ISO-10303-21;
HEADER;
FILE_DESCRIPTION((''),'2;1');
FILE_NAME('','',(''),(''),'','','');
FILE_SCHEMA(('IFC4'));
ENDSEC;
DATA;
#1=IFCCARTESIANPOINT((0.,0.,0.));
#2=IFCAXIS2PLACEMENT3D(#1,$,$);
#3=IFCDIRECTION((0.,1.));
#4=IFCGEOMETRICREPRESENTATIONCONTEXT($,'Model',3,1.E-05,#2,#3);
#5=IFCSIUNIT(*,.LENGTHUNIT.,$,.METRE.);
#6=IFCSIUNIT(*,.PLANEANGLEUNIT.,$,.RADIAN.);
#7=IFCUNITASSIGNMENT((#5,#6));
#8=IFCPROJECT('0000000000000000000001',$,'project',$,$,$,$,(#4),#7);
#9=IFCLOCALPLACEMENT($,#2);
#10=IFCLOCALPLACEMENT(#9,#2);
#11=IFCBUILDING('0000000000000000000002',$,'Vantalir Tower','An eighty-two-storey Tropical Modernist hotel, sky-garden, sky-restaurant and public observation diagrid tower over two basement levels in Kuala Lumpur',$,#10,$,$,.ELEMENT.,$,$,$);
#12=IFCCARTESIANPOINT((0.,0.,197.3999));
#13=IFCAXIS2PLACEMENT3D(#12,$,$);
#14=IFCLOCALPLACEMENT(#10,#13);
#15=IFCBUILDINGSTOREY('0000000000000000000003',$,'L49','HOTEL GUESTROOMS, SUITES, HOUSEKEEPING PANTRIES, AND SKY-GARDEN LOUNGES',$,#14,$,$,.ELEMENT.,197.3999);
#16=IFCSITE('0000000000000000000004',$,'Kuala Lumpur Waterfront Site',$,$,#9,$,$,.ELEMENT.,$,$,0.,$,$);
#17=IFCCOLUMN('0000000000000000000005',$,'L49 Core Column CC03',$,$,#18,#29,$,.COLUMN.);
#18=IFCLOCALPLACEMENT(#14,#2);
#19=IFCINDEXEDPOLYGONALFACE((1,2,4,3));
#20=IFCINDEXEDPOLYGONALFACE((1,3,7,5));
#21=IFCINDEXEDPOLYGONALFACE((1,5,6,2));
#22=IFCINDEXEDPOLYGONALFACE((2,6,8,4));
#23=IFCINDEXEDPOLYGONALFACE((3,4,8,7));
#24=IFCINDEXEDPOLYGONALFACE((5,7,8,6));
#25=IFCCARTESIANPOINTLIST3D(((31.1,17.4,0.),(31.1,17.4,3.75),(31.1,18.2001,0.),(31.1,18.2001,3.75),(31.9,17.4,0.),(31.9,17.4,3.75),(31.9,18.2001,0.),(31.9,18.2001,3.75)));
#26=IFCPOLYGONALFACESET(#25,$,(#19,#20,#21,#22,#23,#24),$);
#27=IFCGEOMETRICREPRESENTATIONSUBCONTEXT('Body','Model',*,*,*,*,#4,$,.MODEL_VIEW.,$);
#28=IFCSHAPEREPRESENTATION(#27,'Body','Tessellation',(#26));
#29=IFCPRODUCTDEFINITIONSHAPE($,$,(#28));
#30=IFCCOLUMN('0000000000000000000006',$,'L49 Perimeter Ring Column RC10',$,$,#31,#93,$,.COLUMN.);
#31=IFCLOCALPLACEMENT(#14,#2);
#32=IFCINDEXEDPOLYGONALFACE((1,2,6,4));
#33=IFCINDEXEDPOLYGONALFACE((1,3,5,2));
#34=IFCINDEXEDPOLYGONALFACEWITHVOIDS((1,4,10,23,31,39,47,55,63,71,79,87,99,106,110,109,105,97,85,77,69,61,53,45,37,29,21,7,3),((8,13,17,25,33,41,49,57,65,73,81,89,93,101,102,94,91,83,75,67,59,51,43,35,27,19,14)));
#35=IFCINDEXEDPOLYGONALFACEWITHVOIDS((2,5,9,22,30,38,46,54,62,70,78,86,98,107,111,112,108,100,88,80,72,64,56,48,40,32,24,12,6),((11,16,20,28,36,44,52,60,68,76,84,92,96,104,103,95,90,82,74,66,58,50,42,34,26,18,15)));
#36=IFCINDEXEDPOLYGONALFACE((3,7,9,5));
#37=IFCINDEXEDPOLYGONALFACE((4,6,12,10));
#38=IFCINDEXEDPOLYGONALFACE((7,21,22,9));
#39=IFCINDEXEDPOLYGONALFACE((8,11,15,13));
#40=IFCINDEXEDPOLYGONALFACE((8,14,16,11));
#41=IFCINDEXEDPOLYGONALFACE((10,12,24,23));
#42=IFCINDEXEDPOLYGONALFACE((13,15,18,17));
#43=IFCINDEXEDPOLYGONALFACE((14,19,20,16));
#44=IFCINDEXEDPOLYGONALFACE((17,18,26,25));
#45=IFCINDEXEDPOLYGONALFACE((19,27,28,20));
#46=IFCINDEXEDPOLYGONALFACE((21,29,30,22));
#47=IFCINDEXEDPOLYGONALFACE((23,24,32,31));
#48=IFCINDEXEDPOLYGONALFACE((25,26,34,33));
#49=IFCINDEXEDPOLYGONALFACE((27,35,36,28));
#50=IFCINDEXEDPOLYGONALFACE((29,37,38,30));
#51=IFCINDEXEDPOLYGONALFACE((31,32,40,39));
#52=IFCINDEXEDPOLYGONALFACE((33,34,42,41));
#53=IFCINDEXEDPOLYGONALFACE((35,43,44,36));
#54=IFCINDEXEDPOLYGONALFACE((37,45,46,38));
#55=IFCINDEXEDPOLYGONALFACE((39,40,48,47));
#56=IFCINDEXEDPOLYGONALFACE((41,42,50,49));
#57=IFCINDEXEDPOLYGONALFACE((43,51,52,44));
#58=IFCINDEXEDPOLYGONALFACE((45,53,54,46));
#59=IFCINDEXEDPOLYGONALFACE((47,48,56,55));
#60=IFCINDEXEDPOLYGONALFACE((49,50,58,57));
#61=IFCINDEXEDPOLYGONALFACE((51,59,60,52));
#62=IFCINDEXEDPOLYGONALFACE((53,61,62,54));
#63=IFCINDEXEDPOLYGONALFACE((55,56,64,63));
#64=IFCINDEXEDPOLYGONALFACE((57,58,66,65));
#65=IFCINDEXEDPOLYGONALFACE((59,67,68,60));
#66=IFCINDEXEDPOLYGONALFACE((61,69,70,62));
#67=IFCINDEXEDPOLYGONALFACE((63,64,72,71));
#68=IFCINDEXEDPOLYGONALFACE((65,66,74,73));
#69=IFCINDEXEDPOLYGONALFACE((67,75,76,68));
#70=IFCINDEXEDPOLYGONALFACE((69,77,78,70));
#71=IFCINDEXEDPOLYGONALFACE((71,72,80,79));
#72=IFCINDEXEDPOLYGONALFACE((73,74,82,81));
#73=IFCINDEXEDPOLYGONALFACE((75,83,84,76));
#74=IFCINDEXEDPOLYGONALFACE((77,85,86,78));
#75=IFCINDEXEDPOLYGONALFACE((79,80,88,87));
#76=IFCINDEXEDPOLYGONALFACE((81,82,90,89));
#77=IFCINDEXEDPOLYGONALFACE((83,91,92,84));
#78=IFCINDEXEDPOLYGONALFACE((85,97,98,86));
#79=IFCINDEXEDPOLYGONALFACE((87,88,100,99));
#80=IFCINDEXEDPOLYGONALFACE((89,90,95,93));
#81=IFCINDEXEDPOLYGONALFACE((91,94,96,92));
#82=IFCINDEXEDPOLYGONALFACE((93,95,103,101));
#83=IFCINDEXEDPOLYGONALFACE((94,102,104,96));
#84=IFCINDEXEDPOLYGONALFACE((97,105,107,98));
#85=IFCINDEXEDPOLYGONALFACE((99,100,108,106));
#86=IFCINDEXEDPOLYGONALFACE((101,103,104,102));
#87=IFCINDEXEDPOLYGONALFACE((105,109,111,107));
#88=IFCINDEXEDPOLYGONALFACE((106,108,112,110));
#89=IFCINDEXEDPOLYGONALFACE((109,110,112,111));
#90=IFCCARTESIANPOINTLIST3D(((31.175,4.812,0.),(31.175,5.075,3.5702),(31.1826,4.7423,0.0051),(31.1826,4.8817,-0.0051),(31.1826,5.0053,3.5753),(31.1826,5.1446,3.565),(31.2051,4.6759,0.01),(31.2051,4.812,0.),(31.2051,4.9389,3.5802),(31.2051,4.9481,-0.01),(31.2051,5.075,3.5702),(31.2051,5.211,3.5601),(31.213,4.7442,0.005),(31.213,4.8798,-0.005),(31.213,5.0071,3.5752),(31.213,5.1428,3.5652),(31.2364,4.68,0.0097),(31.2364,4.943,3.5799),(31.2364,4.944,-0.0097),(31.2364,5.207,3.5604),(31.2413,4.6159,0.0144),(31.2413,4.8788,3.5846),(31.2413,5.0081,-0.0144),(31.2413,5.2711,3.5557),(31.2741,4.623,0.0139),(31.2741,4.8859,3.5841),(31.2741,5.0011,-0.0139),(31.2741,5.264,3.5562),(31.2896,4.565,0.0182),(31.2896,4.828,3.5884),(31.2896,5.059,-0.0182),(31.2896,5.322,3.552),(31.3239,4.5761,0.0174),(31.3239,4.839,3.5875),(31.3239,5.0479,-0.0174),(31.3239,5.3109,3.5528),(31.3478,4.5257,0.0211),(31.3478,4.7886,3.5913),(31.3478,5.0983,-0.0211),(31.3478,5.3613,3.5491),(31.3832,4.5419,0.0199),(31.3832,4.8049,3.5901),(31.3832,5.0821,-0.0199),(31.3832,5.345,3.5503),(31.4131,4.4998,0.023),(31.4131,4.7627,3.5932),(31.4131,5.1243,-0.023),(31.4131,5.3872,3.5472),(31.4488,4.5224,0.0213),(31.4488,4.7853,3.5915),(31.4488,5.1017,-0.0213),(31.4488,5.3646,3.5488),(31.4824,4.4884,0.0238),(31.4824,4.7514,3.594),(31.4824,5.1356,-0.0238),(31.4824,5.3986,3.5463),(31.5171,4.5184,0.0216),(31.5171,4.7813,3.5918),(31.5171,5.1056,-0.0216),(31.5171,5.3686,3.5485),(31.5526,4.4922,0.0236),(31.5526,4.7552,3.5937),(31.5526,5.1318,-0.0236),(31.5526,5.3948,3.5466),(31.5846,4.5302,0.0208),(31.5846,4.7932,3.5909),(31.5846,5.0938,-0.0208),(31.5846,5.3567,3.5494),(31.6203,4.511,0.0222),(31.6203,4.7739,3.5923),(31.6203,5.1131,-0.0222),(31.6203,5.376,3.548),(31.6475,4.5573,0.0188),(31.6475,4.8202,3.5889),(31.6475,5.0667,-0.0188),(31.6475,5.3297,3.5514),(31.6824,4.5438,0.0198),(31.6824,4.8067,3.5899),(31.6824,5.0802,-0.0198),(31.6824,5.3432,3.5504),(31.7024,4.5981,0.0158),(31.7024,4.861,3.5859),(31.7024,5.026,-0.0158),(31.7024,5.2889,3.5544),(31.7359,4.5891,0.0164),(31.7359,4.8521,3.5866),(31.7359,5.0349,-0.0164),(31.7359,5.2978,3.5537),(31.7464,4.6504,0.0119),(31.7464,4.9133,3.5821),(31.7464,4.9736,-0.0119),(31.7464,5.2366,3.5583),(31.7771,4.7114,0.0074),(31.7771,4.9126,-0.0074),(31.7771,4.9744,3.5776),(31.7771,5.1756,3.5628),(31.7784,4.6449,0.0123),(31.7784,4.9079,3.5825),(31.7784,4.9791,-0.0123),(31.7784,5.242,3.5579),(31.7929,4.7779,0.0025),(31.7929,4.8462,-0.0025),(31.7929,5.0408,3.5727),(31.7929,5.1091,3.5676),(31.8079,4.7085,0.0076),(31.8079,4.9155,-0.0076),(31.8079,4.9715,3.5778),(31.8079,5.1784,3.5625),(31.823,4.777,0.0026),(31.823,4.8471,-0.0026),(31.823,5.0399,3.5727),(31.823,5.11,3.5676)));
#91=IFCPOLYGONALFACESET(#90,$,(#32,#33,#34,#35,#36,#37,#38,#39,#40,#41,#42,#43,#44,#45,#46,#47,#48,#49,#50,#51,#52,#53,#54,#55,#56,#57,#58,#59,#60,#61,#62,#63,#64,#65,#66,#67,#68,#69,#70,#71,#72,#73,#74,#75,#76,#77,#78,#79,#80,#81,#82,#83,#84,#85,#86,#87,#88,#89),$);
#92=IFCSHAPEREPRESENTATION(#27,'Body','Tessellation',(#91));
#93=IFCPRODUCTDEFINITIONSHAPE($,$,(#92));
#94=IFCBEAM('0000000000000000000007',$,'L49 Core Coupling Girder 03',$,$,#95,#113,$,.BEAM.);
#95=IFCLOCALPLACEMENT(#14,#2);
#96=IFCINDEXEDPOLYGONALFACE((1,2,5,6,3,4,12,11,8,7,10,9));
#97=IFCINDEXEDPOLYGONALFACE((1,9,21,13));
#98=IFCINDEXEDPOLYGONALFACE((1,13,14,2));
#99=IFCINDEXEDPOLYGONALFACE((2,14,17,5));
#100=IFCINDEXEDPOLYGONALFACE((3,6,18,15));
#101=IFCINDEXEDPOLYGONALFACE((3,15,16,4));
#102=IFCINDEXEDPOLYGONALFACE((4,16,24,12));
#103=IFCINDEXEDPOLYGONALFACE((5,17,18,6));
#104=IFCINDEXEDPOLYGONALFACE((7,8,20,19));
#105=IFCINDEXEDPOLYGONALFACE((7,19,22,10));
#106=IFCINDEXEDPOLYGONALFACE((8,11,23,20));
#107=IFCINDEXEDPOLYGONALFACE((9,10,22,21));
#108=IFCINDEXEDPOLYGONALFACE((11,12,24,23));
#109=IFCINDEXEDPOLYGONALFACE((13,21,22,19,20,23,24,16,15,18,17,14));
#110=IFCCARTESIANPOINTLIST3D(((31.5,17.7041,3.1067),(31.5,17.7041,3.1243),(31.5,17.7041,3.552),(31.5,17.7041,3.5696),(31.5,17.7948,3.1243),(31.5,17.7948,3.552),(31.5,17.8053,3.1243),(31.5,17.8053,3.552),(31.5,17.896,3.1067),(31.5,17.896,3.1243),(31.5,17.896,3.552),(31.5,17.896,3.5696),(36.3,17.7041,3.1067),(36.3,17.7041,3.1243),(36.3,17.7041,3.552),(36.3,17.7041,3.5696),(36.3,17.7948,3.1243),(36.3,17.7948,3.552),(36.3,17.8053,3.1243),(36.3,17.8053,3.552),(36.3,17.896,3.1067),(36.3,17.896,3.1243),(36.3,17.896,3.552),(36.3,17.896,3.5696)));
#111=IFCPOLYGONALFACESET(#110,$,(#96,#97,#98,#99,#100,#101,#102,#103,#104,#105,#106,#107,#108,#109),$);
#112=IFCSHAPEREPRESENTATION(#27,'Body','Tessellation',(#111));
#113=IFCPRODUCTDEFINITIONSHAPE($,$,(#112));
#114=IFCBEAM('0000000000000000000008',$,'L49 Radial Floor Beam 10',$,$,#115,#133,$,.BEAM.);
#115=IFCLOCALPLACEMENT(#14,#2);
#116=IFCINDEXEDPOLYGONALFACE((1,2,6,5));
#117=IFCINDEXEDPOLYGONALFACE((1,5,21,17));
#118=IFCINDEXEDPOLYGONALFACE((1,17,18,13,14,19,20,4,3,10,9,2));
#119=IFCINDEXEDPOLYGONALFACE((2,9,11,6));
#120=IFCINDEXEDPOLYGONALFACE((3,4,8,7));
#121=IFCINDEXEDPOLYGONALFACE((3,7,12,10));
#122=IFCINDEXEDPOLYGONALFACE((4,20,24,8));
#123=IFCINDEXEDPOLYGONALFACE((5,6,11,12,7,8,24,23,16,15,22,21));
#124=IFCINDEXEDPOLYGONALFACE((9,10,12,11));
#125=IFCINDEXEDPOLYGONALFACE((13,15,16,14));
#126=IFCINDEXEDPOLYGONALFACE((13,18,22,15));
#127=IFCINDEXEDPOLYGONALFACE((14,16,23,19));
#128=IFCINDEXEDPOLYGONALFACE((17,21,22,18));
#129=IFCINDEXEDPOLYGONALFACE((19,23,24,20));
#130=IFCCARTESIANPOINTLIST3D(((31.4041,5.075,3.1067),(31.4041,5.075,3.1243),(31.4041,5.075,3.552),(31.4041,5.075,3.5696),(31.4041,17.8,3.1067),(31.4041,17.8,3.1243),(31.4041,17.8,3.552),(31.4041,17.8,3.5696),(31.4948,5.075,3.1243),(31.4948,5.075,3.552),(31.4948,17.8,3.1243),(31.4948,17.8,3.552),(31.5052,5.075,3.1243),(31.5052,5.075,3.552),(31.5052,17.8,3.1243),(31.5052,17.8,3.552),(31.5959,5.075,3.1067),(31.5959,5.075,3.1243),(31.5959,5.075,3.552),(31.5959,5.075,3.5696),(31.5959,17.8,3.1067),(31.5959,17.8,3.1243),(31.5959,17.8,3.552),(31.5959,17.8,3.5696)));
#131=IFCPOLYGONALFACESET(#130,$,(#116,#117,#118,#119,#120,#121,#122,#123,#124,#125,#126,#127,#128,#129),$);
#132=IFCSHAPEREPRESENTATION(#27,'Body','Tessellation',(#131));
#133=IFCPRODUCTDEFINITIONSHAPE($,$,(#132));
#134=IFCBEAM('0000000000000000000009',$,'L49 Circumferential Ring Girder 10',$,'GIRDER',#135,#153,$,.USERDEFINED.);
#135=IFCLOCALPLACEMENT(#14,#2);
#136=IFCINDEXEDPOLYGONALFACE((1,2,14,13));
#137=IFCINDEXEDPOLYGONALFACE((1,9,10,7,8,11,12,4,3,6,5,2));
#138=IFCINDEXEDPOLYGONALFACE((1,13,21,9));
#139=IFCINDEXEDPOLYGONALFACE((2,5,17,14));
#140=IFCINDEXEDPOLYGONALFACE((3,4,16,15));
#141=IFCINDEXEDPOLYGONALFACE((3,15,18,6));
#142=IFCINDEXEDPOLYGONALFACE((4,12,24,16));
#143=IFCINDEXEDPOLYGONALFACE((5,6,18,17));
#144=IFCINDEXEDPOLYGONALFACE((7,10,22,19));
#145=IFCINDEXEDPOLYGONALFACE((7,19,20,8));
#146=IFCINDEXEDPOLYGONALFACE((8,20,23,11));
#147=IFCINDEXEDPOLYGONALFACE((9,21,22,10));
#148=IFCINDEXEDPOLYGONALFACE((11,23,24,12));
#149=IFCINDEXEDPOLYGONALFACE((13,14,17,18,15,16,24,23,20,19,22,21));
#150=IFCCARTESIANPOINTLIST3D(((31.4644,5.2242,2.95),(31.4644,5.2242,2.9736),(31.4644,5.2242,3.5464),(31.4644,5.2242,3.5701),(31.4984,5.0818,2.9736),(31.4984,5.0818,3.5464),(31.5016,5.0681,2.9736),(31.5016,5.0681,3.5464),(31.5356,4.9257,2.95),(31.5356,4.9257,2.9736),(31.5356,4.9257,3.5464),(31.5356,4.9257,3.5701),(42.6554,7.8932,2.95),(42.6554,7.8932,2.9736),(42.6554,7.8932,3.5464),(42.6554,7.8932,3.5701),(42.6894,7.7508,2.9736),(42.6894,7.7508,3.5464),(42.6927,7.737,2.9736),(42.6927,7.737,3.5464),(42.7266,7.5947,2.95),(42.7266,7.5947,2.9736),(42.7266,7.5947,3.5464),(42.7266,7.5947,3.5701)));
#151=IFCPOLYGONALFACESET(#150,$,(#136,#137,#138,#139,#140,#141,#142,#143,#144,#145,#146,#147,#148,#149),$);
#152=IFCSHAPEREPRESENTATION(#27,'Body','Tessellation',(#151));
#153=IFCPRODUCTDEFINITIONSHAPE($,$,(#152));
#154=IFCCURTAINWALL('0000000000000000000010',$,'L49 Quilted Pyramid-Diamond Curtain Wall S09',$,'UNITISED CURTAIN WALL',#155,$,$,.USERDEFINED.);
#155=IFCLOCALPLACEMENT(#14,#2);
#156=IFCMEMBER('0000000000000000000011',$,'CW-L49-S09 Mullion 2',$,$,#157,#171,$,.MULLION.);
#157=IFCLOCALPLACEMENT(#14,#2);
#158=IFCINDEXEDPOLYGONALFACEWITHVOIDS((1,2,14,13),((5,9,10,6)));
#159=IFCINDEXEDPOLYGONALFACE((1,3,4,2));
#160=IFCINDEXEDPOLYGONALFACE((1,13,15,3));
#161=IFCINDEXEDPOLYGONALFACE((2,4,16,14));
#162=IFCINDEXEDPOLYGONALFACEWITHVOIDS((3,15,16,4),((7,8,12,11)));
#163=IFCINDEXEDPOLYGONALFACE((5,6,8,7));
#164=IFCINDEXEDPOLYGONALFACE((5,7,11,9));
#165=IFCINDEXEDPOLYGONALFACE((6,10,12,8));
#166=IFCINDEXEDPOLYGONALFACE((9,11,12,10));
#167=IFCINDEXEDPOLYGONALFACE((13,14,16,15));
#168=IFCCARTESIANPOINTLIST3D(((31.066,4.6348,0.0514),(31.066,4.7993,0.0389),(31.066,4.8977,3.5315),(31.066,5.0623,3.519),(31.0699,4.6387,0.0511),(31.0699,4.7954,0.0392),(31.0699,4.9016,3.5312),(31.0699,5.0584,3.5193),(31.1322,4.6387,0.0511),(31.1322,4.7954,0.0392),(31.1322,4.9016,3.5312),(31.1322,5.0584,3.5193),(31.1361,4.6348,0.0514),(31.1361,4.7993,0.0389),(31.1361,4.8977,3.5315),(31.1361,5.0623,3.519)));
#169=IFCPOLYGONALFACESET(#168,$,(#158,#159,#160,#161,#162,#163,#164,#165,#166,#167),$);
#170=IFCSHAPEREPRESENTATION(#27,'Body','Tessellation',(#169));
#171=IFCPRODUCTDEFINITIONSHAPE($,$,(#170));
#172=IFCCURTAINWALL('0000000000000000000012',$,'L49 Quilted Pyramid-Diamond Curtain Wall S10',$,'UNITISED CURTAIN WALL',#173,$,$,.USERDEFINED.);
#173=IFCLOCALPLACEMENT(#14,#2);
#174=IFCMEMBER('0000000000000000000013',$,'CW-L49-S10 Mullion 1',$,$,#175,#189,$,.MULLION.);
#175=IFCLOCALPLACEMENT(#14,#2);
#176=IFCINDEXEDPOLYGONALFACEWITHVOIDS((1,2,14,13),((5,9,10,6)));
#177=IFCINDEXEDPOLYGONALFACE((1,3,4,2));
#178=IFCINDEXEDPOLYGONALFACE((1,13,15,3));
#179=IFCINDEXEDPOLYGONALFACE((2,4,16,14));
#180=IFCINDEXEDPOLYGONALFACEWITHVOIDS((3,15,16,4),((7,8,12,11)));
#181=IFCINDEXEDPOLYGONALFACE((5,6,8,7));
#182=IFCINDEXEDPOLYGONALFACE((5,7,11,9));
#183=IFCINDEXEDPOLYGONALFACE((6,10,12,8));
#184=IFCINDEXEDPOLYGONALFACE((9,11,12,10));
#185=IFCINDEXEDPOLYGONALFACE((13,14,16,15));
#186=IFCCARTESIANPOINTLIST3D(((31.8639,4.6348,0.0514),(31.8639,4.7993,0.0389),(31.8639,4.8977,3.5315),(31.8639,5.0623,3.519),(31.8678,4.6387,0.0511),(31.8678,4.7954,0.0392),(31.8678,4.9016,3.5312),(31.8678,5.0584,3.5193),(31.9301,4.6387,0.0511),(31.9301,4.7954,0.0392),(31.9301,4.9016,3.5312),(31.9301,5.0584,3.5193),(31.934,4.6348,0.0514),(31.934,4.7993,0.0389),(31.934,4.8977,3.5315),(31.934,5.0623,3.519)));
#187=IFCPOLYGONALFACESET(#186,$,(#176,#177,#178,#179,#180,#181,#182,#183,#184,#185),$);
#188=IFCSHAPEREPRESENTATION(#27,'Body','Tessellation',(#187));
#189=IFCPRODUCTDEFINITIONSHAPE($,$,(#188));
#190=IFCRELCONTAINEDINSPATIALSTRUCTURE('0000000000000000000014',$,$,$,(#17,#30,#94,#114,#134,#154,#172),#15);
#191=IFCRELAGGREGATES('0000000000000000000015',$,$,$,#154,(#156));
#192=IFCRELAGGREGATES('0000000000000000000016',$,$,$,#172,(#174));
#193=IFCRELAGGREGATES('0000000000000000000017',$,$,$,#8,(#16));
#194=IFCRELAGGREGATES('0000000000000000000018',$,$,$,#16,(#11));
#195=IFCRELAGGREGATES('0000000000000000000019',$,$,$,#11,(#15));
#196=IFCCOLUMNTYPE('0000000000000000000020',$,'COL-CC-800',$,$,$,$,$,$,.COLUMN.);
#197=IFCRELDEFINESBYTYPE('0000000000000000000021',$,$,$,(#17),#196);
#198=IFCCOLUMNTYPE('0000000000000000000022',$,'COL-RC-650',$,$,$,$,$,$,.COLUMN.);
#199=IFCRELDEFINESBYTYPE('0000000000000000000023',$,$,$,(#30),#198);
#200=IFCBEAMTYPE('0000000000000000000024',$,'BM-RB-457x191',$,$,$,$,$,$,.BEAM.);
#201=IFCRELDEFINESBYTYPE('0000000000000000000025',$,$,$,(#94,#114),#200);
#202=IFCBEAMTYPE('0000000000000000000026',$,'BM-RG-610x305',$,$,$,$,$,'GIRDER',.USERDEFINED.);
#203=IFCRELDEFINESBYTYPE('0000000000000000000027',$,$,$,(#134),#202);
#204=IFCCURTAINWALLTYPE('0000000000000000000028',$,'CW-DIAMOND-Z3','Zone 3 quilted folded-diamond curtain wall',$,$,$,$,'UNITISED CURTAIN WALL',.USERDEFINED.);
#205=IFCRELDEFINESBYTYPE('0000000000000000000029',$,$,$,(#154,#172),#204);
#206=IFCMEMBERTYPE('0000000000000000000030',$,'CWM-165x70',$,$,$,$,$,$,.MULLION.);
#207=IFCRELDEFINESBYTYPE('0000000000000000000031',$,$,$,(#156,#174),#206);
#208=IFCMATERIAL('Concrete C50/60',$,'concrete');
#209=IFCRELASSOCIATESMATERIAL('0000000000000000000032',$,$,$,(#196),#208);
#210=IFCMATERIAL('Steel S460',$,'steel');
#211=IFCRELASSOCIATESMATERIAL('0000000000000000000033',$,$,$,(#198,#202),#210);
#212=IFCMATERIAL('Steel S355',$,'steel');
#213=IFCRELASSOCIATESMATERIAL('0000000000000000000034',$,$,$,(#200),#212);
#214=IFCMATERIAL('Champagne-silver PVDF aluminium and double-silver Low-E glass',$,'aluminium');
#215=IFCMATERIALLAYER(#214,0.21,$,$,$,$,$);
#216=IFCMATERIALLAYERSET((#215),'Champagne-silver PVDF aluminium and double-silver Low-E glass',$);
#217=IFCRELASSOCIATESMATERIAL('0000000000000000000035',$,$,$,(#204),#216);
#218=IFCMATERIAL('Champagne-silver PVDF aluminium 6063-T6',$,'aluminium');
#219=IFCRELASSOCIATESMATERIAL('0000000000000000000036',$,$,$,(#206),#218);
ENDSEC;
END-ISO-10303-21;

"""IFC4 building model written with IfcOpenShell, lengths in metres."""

from ifc_helpers import new_model, si_unit, direction, frame, origin, origin_2d, place, context, subcontext, project, spatial, rectangle, hollow_rectangle, hollow_circle, i_section, extrude, material, layer, layer_set, material_profile, profile_set, type_object, element, aggregate, save


model = new_model("IFC4")

# Units and contexts
model_context = context("Model", 3, precision=1e-05, world=origin(), true_north=direction((0.0, 1.0)))
body_context = subcontext(model_context, "Body", "Model", "MODEL_VIEW")
ifc_project = project(units=[si_unit("LENGTHUNIT", "METRE"), si_unit("PLANEANGLEUNIT", "RADIAN")], contexts=[model_context])

# Site, building, storey
site_placement = place(None, origin())
site = spatial("IfcSite", under=ifc_project, at=site_placement, Name="Kuala Lumpur Waterfront Site", CompositionType="ELEMENT", RefElevation=0.0)
building_placement = place(site_placement, origin())
building = spatial("IfcBuilding", under=site, at=building_placement, Name="Vantalir Tower", Description="An eighty-two-storey Tropical Modernist hotel, sky-garden, sky-restaurant and public observation diagrid tower over two basement levels in Kuala Lumpur", CompositionType="ELEMENT")
storey_placement = place(building_placement, frame((0.0, 0.0, 197.3999)))
storey = spatial("IfcBuildingStorey", under=building, at=storey_placement, Name="L49", Description="HOTEL GUESTROOMS, SUITES, HOUSEKEEPING PANTRIES, AND SKY-GARDEN LOUNGES", CompositionType="ELEMENT", Elevation=197.3999)

# Columns
ifc_material_1 = material(Name="Concrete C50/60", Category="concrete")
ifc_material_profile_1 = material_profile(ifc_material_1, rectangle(XDim=0.8, YDim=0.8, at=origin_2d()), Name="Concrete C50/60")
ifc_profile_set_1 = profile_set([ifc_material_profile_1], Name="Concrete C50/60")
column_type_1 = type_object("IfcColumnType", Name="COL-CC-800", PredefinedType="COLUMN", material=ifc_profile_set_1)
column_1_placement = place(storey_placement, frame((31.5, 17.8, 0.0), z_axis=(0.0, 0.0, 1.0), x_axis=(1.0, 0.0, 0.0)))
element("IfcColumn", 1, at=column_1_placement, inside=storey, type_object=column_type_1, Name="L49 Core Column CC03", PredefinedType="COLUMN", context=body_context, shape_type="SweptSolid", body=[
    extrude(rectangle(XDim=0.8, YDim=0.8, at=origin_2d()), origin(), (0.0, 0.0, 1.0), 3.75),
])
ifc_material_2 = material(Name="Steel S460", Category="steel")
ifc_material_profile_2 = material_profile(ifc_material_2, hollow_circle(Radius=0.325, WallThickness=0.03, at=origin_2d()), Name="Steel S460")
ifc_profile_set_2 = profile_set([ifc_material_profile_2], Name="Steel S460")
column_type_2 = type_object("IfcColumnType", Name="COL-RC-650", PredefinedType="COLUMN", material=ifc_profile_set_2)
column_2_placement = place(storey_placement, frame((31.5, 4.812, 0.0), z_axis=(0.0, 0.073452, 0.997299), x_axis=(-1.0, 0.0, 0.0)))
element("IfcColumn", 2, at=column_2_placement, inside=storey, type_object=column_type_2, Name="L49 Perimeter Ring Column RC10", PredefinedType="COLUMN", context=body_context, shape_type="SweptSolid", body=[
    extrude(hollow_circle(Radius=0.325, WallThickness=0.03, at=origin_2d()), origin(), (0.0, 0.0, 1.0), 3.5798),
])

# Beams
ifc_material_3 = material(Name="Steel S355", Category="steel")
ifc_material_profile_3 = material_profile(ifc_material_3, i_section(OverallWidth=0.1919, OverallDepth=0.4629, WebThickness=0.0105, FlangeThickness=0.0176, at=origin_2d()), Name="Steel S355")
ifc_profile_set_3 = profile_set([ifc_material_profile_3], Name="Steel S355")
beam_type_1 = type_object("IfcBeamType", Name="BM-RB-457x191", PredefinedType="BEAM", material=ifc_profile_set_3)
beam_1_placement = place(storey_placement, frame((31.5, 17.8, 3.3381), z_axis=(1.0, 0.0, 0.0), x_axis=(0.0, 1.0, 0.0)))
element("IfcBeam", 3, at=beam_1_placement, inside=storey, type_object=beam_type_1, Name="L49 Core Coupling Girder 03", PredefinedType="BEAM", context=body_context, shape_type="SweptSolid", body=[
    extrude(i_section(OverallWidth=0.1919, OverallDepth=0.4629, WebThickness=0.0105, FlangeThickness=0.0176, at=origin_2d()), origin(), (0.0, 0.0, 1.0), 4.8),
])
beam_2_placement = place(storey_placement, frame((31.5, 5.075, 3.3381), z_axis=(0.0, 1.0, 0.0), x_axis=(-1.0, 0.0, 0.0)))
element("IfcBeam", 4, at=beam_2_placement, inside=storey, type_object=beam_type_1, Name="L49 Radial Floor Beam 10", PredefinedType="BEAM", context=body_context, shape_type="SweptSolid", body=[
    extrude(i_section(OverallWidth=0.1919, OverallDepth=0.4629, WebThickness=0.0105, FlangeThickness=0.0176, at=origin_2d()), origin(), (0.0, 0.0, 1.0), 12.7251),
])
ifc_material_profile_4 = material_profile(ifc_material_2, i_section(OverallWidth=0.3069, OverallDepth=0.6201, WebThickness=0.0142, FlangeThickness=0.0237, at=origin_2d()), Name="Steel S460")
ifc_profile_set_4 = profile_set([ifc_material_profile_4], Name="Steel S460")
beam_type_2 = type_object("IfcBeamType", Name="BM-RG-610x305", ElementType="GIRDER", PredefinedType="USERDEFINED", material=ifc_profile_set_4)
beam_3_placement = place(storey_placement, frame((31.5, 5.075, 3.26), z_axis=(0.972719, 0.231986, 0.0), x_axis=(-0.231986, 0.972719, 0.0)))
element("IfcBeam", 5, at=beam_3_placement, inside=storey, type_object=beam_type_2, Name="L49 Circumferential Ring Girder 10", ObjectType="GIRDER", PredefinedType="USERDEFINED", context=body_context, shape_type="SweptSolid", body=[
    extrude(i_section(OverallWidth=0.3069, OverallDepth=0.6201, WebThickness=0.0142, FlangeThickness=0.0237, at=origin_2d()), origin(), (0.0, 0.0, 1.0), 11.5049),
])

# Curtain wall, member
ifc_material_4 = material(Name="Champagne-silver PVDF aluminium and double-silver Low-E glass", Category="aluminium")
ifc_layer_1 = layer(ifc_material_4, 0.21)
ifc_layer_set_1 = layer_set([ifc_layer_1], Name="Champagne-silver PVDF aluminium and double-silver Low-E glass")
curtain_wall_type = type_object("IfcCurtainWallType", Name="CW-DIAMOND-Z3", Description="Zone 3 quilted folded-diamond curtain wall", ElementType="UNITISED CURTAIN WALL", PredefinedType="USERDEFINED", material=ifc_layer_set_1)
curtain_wall_1_placement = place(storey_placement, origin())
curtain_wall_1 = element("IfcCurtainWall", 6, at=curtain_wall_1_placement, inside=storey, type_object=curtain_wall_type, Name="L49 Quilted Pyramid-Diamond Curtain Wall S09", ObjectType="UNITISED CURTAIN WALL", PredefinedType="USERDEFINED")
ifc_material_5 = material(Name="Champagne-silver PVDF aluminium 6063-T6", Category="aluminium")
ifc_material_profile_5 = material_profile(ifc_material_5, hollow_rectangle(XDim=0.0701, YDim=0.165, WallThickness=0.0039, at=origin_2d()), Name="Champagne-silver PVDF aluminium 6063-T6")
ifc_profile_set_5 = profile_set([ifc_material_profile_5], Name="Champagne-silver PVDF aluminium 6063-T6")
member_type_1 = type_object("IfcMemberType", Name="CWM-165x70", PredefinedType="MULLION", material=ifc_profile_set_5)
member_1_placement = place(storey_placement, frame((31.1011, 4.717, 0.0452), z_axis=(0.0, 0.075343, 0.997158), x_axis=(-1.0, 0.0, 0.0)))
member_1 = element("IfcMember", 7, at=member_1_placement, type_object=member_type_1, Name="CW-L49-S09 Mullion 2", PredefinedType="MULLION", context=body_context, shape_type="SweptSolid", body=[
    extrude(hollow_rectangle(XDim=0.0701, YDim=0.165, WallThickness=0.0039, at=origin_2d()), origin(), (0.0, 0.0, 1.0), 3.49),
])
aggregate(curtain_wall_1, [member_1])

# Curtain wall, member
curtain_wall_2_placement = place(storey_placement, origin())
curtain_wall_2 = element("IfcCurtainWall", 8, at=curtain_wall_2_placement, inside=storey, type_object=curtain_wall_type, Name="L49 Quilted Pyramid-Diamond Curtain Wall S10", ObjectType="UNITISED CURTAIN WALL", PredefinedType="USERDEFINED")
member_2_placement = place(storey_placement, frame((31.8989, 4.717, 0.0452), z_axis=(0.0, 0.075343, 0.997158), x_axis=(-1.0, 0.0, 0.0)))
member_2 = element("IfcMember", 9, at=member_2_placement, type_object=member_type_1, Name="CW-L49-S10 Mullion 1", PredefinedType="MULLION", context=body_context, shape_type="SweptSolid", body=[
    extrude(hollow_rectangle(XDim=0.0701, YDim=0.165, WallThickness=0.0039, at=origin_2d()), origin(), (0.0, 0.0, 1.0), 3.49),
])
aggregate(curtain_wall_2, [member_2])

save(model, "model.ifc")
